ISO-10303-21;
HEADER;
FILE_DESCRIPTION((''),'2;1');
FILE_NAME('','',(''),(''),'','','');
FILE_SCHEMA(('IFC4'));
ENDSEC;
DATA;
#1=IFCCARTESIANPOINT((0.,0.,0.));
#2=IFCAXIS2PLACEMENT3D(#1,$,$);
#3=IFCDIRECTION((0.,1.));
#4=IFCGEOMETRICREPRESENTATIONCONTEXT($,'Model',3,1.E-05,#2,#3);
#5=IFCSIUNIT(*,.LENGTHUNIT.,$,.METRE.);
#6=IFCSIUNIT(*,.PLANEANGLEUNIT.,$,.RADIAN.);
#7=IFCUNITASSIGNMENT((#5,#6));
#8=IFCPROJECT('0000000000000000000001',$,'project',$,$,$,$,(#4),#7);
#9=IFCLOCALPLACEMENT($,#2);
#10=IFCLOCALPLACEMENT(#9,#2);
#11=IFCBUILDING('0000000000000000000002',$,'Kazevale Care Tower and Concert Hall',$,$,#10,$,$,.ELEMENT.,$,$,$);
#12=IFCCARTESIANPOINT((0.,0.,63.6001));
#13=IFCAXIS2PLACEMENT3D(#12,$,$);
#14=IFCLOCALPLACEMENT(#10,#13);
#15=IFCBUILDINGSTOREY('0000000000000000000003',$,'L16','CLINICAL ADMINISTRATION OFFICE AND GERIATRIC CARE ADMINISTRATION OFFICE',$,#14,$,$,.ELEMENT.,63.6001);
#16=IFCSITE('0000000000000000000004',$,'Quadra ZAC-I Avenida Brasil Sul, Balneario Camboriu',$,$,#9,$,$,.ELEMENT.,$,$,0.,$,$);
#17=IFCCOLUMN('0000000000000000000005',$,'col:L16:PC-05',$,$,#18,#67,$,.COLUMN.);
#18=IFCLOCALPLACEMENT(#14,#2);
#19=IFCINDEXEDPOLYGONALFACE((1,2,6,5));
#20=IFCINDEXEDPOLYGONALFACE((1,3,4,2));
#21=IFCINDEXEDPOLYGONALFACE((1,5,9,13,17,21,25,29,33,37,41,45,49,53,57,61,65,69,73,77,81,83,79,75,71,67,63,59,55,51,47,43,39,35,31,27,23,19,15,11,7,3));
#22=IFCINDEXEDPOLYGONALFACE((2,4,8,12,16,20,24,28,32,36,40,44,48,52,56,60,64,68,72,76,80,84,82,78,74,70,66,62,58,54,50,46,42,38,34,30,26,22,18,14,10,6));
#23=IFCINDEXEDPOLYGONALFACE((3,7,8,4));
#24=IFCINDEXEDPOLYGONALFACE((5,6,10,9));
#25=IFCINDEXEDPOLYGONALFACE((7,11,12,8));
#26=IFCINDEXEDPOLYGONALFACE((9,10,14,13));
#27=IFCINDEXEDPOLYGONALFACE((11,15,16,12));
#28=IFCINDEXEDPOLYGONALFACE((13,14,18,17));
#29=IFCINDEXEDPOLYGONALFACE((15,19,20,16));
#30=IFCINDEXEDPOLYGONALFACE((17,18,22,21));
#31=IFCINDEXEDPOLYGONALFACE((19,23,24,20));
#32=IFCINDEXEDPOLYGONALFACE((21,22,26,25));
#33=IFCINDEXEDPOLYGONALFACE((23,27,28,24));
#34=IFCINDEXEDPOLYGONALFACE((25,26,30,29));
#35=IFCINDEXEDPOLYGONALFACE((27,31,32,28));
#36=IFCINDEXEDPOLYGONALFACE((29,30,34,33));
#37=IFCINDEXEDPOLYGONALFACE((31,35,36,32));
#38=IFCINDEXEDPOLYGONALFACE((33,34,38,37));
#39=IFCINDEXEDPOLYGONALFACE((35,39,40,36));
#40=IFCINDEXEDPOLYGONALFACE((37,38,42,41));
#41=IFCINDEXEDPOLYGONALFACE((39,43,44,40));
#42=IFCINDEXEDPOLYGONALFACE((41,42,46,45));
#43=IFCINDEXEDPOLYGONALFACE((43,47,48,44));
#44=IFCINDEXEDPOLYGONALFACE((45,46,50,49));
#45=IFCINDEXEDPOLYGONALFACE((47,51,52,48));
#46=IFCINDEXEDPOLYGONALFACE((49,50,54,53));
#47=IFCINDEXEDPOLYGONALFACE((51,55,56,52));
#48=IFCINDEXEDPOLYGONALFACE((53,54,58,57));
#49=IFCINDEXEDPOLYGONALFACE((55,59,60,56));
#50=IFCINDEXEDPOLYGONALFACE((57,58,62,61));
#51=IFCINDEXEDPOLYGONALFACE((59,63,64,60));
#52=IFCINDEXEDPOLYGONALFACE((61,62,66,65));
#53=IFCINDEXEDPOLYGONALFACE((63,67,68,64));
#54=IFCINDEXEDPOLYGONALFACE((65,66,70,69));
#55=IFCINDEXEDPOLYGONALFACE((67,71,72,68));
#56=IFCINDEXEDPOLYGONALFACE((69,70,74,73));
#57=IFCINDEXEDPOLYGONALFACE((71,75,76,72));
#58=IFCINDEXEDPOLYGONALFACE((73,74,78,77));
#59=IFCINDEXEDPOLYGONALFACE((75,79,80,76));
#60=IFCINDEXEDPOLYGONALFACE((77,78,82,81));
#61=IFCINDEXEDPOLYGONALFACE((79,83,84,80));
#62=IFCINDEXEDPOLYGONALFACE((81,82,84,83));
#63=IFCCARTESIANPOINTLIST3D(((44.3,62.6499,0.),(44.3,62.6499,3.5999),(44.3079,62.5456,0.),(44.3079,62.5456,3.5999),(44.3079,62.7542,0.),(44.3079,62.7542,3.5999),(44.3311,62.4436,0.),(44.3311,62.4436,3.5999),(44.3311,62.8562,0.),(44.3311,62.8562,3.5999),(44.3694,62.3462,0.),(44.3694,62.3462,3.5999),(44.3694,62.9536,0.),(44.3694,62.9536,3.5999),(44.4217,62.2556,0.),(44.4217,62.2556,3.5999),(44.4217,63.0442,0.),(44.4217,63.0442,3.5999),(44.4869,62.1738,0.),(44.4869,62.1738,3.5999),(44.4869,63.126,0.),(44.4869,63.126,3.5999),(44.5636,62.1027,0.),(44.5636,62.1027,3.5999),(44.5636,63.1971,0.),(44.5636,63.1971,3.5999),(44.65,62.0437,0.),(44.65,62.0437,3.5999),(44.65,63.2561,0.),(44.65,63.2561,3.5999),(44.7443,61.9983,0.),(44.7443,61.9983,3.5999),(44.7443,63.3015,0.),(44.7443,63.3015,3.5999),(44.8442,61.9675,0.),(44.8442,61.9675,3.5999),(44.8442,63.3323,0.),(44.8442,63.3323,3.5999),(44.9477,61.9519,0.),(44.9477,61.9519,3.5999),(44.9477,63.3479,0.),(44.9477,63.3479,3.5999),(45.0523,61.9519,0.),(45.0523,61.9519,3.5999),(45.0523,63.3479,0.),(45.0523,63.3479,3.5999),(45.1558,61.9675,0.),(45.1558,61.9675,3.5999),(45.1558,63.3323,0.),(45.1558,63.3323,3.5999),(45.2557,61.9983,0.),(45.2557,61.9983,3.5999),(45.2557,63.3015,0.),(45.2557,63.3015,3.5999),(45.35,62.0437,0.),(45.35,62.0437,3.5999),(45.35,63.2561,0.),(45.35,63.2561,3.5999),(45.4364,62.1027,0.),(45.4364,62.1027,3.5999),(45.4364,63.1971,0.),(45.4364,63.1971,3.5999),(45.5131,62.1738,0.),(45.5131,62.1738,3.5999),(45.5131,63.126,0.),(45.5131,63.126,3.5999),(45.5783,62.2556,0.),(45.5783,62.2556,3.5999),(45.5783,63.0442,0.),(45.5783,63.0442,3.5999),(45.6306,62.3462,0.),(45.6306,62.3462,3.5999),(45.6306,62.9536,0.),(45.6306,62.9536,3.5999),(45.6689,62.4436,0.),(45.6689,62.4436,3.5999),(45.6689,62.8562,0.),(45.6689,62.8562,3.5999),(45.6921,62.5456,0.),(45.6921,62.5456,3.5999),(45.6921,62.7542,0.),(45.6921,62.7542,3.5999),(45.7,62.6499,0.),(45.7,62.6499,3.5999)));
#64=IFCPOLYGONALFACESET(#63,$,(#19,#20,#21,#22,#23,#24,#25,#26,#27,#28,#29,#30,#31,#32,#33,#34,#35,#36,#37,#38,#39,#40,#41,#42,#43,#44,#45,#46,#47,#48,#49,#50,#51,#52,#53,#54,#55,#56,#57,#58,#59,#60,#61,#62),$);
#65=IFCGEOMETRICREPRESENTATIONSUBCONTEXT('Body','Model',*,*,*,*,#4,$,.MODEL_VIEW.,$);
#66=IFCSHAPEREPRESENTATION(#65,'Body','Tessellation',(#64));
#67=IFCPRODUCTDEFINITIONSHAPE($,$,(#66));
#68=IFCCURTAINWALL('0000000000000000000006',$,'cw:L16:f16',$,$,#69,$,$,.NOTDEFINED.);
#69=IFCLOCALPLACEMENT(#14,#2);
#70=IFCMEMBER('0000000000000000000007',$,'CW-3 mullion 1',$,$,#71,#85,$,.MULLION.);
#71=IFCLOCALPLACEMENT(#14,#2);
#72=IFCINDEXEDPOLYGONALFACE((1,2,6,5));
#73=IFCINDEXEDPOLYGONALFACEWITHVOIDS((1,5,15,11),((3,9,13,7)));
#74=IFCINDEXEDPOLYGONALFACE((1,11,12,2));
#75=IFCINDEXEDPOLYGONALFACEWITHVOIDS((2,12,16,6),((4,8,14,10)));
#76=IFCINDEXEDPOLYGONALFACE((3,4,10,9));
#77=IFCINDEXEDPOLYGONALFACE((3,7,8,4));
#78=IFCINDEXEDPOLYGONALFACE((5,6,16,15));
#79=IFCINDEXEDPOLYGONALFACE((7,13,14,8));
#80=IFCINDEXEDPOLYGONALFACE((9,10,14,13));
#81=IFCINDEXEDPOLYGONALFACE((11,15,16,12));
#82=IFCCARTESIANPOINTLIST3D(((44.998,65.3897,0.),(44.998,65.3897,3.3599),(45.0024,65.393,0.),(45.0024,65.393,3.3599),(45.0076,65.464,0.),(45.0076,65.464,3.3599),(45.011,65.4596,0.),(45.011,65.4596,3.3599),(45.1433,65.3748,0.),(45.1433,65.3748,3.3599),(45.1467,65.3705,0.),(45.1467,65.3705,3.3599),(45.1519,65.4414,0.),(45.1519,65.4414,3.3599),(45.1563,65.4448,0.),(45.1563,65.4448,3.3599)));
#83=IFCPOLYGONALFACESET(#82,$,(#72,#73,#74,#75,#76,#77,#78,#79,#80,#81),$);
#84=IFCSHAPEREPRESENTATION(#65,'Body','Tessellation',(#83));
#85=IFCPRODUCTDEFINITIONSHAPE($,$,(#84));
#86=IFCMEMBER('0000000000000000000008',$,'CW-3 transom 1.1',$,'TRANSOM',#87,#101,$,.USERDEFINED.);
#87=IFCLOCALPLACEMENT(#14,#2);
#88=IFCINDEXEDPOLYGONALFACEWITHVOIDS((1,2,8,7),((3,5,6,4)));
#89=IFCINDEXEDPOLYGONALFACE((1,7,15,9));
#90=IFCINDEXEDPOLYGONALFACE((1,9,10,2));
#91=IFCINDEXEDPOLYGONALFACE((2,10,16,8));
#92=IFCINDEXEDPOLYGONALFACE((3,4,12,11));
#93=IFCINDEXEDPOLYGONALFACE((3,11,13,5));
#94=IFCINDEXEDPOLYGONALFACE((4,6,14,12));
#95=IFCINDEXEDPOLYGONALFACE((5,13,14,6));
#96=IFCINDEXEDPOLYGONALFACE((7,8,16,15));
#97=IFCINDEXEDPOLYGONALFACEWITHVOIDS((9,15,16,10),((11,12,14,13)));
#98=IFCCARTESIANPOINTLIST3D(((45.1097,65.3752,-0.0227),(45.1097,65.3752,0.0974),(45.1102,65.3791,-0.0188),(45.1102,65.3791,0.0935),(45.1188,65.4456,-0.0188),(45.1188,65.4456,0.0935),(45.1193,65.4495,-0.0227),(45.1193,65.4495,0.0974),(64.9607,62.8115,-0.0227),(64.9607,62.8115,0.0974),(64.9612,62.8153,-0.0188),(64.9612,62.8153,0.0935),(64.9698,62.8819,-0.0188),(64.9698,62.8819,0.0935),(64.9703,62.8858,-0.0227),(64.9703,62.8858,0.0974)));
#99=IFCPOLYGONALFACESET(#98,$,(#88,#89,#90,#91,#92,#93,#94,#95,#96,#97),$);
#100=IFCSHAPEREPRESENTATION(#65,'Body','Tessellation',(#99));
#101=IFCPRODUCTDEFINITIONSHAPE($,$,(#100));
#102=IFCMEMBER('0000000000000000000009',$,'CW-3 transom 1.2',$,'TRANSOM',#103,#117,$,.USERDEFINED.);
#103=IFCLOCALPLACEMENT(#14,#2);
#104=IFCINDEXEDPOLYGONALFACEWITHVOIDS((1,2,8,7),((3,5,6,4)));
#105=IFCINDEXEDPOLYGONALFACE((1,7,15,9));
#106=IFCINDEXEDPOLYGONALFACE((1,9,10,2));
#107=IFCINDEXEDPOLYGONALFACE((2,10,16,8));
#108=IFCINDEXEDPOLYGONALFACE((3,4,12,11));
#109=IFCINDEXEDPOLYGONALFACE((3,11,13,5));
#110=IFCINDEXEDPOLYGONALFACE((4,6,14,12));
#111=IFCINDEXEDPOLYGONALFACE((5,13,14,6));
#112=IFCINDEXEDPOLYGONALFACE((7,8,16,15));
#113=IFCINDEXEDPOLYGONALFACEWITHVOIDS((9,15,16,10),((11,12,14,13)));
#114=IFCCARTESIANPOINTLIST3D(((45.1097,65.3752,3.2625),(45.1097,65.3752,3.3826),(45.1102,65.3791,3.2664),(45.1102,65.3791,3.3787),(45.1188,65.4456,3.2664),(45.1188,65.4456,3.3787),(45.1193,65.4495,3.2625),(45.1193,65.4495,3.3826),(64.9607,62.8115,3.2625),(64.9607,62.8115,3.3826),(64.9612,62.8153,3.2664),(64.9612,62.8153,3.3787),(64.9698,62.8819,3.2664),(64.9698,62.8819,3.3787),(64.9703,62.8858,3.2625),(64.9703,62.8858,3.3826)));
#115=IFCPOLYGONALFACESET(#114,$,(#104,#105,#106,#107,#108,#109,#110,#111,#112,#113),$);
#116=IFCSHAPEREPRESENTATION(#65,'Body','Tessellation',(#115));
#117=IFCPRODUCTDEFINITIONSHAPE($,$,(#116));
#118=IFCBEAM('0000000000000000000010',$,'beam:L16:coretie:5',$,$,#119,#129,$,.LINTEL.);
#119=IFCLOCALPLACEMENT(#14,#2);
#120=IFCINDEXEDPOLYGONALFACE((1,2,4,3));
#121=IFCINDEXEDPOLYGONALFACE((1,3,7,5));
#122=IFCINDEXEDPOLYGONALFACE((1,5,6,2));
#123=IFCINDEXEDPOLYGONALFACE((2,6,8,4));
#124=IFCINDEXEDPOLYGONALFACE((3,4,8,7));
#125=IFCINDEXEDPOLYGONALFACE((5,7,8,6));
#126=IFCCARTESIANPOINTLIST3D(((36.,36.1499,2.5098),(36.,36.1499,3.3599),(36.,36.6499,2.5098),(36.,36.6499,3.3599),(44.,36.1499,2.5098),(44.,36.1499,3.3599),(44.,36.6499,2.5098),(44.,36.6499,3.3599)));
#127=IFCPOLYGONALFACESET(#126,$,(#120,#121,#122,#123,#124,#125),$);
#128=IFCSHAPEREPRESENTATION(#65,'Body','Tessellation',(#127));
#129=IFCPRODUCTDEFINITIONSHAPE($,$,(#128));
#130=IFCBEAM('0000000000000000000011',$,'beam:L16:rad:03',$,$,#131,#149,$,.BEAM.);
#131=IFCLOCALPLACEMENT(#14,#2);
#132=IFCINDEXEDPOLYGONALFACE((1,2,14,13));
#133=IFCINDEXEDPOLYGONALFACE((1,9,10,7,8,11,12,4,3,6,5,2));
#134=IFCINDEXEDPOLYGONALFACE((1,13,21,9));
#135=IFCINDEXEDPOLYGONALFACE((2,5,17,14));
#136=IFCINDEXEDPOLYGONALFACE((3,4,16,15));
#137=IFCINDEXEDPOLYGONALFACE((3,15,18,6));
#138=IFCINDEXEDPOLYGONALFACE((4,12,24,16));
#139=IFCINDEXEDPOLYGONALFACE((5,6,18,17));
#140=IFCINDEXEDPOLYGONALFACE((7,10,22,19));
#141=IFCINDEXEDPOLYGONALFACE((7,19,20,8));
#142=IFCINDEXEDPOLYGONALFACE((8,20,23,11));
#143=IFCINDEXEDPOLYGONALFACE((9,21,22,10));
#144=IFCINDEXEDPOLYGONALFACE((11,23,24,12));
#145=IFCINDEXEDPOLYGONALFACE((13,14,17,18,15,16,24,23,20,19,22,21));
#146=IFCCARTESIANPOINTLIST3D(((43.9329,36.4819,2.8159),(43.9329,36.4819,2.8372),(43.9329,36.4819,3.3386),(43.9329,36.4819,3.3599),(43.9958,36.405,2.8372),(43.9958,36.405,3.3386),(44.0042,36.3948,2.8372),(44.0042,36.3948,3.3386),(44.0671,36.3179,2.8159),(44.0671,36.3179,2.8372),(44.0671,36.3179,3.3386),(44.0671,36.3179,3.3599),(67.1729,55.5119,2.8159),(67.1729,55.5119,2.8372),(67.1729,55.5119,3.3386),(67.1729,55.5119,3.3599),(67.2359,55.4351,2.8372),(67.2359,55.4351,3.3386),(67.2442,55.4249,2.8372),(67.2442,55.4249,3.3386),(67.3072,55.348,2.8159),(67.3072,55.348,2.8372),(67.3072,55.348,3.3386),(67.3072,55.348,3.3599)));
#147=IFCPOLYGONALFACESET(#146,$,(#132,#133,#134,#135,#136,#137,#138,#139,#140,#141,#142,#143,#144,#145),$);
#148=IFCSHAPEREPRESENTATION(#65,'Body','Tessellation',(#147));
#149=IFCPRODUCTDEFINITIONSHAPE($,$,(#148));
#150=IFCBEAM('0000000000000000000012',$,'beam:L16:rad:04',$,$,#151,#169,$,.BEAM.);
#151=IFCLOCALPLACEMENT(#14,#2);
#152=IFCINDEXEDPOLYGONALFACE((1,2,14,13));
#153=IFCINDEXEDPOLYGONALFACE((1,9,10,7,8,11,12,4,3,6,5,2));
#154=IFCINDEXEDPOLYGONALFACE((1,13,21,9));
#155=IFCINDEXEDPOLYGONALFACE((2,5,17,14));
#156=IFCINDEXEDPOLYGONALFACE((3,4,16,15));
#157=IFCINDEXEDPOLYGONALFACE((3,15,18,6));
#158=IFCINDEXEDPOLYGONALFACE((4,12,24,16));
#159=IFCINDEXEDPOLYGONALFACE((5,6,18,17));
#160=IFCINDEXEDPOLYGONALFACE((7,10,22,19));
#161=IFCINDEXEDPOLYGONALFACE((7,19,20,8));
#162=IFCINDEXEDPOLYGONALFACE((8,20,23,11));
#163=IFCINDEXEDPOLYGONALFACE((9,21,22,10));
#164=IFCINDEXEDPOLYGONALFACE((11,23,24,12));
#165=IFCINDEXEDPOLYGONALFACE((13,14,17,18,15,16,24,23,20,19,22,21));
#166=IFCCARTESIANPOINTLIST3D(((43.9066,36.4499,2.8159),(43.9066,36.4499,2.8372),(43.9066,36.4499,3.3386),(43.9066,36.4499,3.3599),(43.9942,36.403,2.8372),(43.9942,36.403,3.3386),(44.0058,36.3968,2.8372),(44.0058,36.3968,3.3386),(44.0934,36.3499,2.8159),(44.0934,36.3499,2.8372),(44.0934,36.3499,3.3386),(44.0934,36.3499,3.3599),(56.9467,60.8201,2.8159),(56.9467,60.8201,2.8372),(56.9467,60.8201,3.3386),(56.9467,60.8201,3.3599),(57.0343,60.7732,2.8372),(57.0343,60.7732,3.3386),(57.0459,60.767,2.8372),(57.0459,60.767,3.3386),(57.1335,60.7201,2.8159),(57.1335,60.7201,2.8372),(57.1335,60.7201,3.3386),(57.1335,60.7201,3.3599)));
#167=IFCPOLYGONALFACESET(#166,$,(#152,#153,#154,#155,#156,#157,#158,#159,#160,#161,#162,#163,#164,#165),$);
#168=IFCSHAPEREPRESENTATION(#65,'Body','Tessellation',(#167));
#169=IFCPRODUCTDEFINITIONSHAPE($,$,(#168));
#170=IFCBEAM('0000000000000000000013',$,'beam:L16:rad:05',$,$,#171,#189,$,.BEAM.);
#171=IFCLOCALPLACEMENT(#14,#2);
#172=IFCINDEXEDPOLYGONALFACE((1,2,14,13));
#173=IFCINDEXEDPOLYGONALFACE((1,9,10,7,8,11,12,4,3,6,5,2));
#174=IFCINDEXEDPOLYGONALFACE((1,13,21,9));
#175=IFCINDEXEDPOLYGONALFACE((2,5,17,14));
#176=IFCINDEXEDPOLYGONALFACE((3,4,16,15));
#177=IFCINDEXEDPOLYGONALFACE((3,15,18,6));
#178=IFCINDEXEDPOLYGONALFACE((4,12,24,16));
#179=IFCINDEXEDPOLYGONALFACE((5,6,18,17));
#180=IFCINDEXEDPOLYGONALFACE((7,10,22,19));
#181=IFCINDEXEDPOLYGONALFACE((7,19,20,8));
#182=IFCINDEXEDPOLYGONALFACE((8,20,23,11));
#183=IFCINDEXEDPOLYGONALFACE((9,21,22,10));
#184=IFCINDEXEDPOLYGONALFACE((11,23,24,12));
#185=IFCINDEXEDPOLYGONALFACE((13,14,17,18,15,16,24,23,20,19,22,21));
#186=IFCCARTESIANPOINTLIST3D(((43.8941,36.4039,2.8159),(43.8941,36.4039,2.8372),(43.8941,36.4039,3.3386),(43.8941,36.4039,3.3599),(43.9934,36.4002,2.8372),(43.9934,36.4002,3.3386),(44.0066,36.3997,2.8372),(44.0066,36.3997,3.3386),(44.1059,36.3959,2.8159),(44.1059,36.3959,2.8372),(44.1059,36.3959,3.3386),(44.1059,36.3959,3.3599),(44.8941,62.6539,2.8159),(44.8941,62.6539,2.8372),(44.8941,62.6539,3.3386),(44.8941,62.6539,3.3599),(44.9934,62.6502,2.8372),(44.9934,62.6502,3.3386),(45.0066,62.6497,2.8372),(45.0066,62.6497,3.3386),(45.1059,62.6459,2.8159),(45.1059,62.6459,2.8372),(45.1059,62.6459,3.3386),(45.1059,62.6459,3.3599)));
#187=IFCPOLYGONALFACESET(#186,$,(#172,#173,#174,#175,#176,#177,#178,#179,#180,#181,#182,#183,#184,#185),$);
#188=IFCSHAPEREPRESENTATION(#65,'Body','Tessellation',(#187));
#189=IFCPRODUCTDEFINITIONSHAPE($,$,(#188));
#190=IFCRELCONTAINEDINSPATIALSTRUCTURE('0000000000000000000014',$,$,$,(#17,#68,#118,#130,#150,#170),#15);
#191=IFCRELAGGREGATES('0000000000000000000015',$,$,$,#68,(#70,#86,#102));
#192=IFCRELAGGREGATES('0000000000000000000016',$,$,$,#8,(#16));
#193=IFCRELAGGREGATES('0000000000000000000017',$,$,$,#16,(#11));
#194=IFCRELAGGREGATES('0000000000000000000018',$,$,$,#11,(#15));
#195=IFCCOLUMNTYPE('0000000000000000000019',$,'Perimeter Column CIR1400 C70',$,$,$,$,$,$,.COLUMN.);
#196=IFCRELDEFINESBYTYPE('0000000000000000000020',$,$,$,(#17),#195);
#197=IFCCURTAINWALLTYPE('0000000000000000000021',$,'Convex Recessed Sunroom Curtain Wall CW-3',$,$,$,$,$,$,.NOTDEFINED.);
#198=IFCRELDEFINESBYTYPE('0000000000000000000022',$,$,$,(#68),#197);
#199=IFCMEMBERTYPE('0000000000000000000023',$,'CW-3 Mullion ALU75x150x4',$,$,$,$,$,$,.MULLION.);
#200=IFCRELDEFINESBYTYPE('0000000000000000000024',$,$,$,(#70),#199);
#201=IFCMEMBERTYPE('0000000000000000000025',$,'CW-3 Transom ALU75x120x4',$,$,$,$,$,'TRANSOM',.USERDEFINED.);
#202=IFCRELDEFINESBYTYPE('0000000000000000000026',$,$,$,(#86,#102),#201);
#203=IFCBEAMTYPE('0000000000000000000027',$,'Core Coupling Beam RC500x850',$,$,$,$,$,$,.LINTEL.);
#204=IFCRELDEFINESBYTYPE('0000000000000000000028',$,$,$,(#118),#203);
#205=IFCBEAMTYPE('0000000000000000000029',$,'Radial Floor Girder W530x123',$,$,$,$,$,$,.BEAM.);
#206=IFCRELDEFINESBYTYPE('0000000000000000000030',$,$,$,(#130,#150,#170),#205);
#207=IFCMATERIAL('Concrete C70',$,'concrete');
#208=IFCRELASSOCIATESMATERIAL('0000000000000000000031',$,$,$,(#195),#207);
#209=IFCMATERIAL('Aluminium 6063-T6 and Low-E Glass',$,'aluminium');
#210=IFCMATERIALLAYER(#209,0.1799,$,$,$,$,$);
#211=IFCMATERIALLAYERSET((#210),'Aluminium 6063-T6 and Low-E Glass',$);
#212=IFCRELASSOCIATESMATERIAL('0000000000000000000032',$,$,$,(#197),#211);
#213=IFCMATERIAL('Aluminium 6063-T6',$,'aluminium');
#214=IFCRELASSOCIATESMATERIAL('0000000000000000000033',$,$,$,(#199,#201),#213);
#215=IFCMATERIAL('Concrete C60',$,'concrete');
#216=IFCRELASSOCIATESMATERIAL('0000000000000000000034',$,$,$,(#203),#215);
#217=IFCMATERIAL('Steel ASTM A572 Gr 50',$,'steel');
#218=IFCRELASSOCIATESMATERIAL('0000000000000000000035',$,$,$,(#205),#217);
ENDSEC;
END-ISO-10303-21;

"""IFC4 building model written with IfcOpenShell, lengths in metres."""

from ifc_helpers import new_model, si_unit, direction, frame, origin, origin_2d, place, context, subcontext, project, spatial, rectangle, hollow_rectangle, circle, i_section, extrude, material, layer, layer_set, material_profile, profile_set, type_object, element, aggregate, save


model = new_model("IFC4")

# Units and contexts
model_context = context("Model", 3, precision=1e-05, world=origin(), true_north=direction((0.0, 1.0)))
body_context = subcontext(model_context, "Body", "Model", "MODEL_VIEW")
ifc_project = project(units=[si_unit("LENGTHUNIT", "METRE"), si_unit("PLANEANGLEUNIT", "RADIAN")], contexts=[model_context])

# Site, building, storey
site_placement = place(None, origin())
site = spatial("IfcSite", under=ifc_project, at=site_placement, Name="Quadra ZAC-I Avenida Brasil Sul, Balneario Camboriu", CompositionType="ELEMENT", RefElevation=0.0)
building_placement = place(site_placement, origin())
building = spatial("IfcBuilding", under=site, at=building_placement, Name="Kazevale Care Tower and Concert Hall", CompositionType="ELEMENT")
storey_placement = place(building_placement, frame((0.0, 0.0, 63.6001)))
storey = spatial("IfcBuildingStorey", under=building, at=storey_placement, Name="L16", Description="CLINICAL ADMINISTRATION OFFICE AND GERIATRIC CARE ADMINISTRATION OFFICE", CompositionType="ELEMENT", Elevation=63.6001)

# Column
ifc_material_1 = material(Name="Concrete C70", Category="concrete")
ifc_material_profile_1 = material_profile(ifc_material_1, circle(Radius=0.7, at=origin_2d()), Name="RC-CIR1400")
ifc_profile_set_1 = profile_set([ifc_material_profile_1], Name="Concrete C70")
column_type = type_object("IfcColumnType", Name="Perimeter Column CIR1400 C70", PredefinedType="COLUMN", material=ifc_profile_set_1)
column_placement = place(storey_placement, frame((45.0, 62.6499, 0.0), z_axis=(0.0, 0.0, 1.0), x_axis=(1.0, 0.0, 0.0)))
element("IfcColumn", 1, at=column_placement, inside=storey, type_object=column_type, Name="col:L16:PC-05", PredefinedType="COLUMN", context=body_context, shape_type="SweptSolid", body=[
    extrude(circle(Radius=0.7, at=origin_2d()), origin(), (0.0, 0.0, 1.0), 3.5999),
])

# Curtain wall, members
ifc_material_2 = material(Name="Aluminium 6063-T6 and Low-E Glass", Category="aluminium")
ifc_layer_1 = layer(ifc_material_2, 0.1799)
ifc_layer_set_1 = layer_set([ifc_layer_1], Name="Aluminium 6063-T6 and Low-E Glass")
curtain_wall_type = type_object("IfcCurtainWallType", Name="Convex Recessed Sunroom Curtain Wall CW-3", PredefinedType="NOTDEFINED", material=ifc_layer_set_1)
curtain_wall_placement = place(storey_placement, origin())
curtain_wall = element("IfcCurtainWall", 2, at=curtain_wall_placement, inside=storey, type_object=curtain_wall_type, Name="cw:L16:f16", PredefinedType="NOTDEFINED")
ifc_material_3 = material(Name="Aluminium 6063-T6", Category="aluminium")
ifc_material_profile_2 = material_profile(ifc_material_3, hollow_rectangle(XDim=0.075, YDim=0.1499, WallThickness=0.0039, at=origin_2d()), Name="ALU75x150x4")
ifc_profile_set_2 = profile_set([ifc_material_profile_2], Name="Aluminium 6063-T6")
member_type_1 = type_object("IfcMemberType", Name="CW-3 Mullion ALU75x150x4", PredefinedType="MULLION", material=ifc_profile_set_2)
member_1_placement = place(storey_placement, frame((45.0771, 65.4172, 0.0), z_axis=(0.0, 0.0, 1.0), x_axis=(0.128086, 0.991763, 0.0)))
member_1 = element("IfcMember", 3, at=member_1_placement, type_object=member_type_1, Name="CW-3 mullion 1", PredefinedType="MULLION", context=body_context, shape_type="SweptSolid", body=[
    extrude(hollow_rectangle(XDim=0.075, YDim=0.1499, WallThickness=0.0039, at=origin_2d()), origin(), (0.0, 0.0, 1.0), 3.3599),
])
ifc_material_profile_3 = material_profile(ifc_material_3, hollow_rectangle(XDim=0.075, YDim=0.1201, WallThickness=0.0039, at=origin_2d()), Name="ALU75x120x4")
ifc_profile_set_3 = profile_set([ifc_material_profile_3], Name="Aluminium 6063-T6")
member_type_2 = type_object("IfcMemberType", Name="CW-3 Transom ALU75x120x4", ElementType="TRANSOM", PredefinedType="USERDEFINED", material=ifc_profile_set_3)
member_2_placement = place(storey_placement, frame((45.1145, 65.4124, 0.0374), z_axis=(0.991763, -0.128084, 0.0), x_axis=(0.128084, 0.991763, 0.0)))
member_2 = element("IfcMember", 4, at=member_2_placement, type_object=member_type_2, Name="CW-3 transom 1.1", ObjectType="TRANSOM", PredefinedType="USERDEFINED", context=body_context, shape_type="SweptSolid", body=[
    extrude(hollow_rectangle(XDim=0.075, YDim=0.1201, WallThickness=0.0039, at=origin_2d()), origin(), (0.0, 0.0, 1.0), 20.0159),
])
member_3_placement = place(storey_placement, frame((45.1145, 65.4124, 3.3225), z_axis=(0.991763, -0.128084, 0.0), x_axis=(0.128084, 0.991763, 0.0)))
member_3 = element("IfcMember", 5, at=member_3_placement, type_object=member_type_2, Name="CW-3 transom 1.2", ObjectType="TRANSOM", PredefinedType="USERDEFINED", context=body_context, shape_type="SweptSolid", body=[
    extrude(hollow_rectangle(XDim=0.075, YDim=0.1201, WallThickness=0.0039, at=origin_2d()), origin(), (0.0, 0.0, 1.0), 20.0159),
])
aggregate(curtain_wall, [member_1, member_2, member_3])

# Beams
ifc_material_4 = material(Name="Concrete C60", Category="concrete")
ifc_material_profile_4 = material_profile(ifc_material_4, rectangle(XDim=0.5, YDim=0.8501, at=origin_2d()), Name="RC-B500x850")
ifc_profile_set_4 = profile_set([ifc_material_profile_4], Name="Concrete C60")
beam_type_1 = type_object("IfcBeamType", Name="Core Coupling Beam RC500x850", PredefinedType="LINTEL", material=ifc_profile_set_4)
beam_1_placement = place(storey_placement, frame((44.0, 36.3999, 2.9348), z_axis=(-1.0, 0.0, 0.0), x_axis=(0.0, -1.0, 0.0)))
element("IfcBeam", 6, at=beam_1_placement, inside=storey, type_object=beam_type_1, Name="beam:L16:coretie:5", PredefinedType="LINTEL", context=body_context, shape_type="SweptSolid", body=[
    extrude(rectangle(XDim=0.5, YDim=0.8501, at=origin_2d()), origin(), (0.0, 0.0, 1.0), 8.0),
])
ifc_material_5 = material(Name="Steel ASTM A572 Gr 50", Category="steel")
ifc_material_profile_5 = material_profile(ifc_material_5, i_section(OverallWidth=0.2119, OverallDepth=0.5439, WebThickness=0.0132, FlangeThickness=0.0212, at=origin_2d()), Name="W530x123")
ifc_profile_set_5 = profile_set([ifc_material_profile_5], Name="Steel ASTM A572 Gr 50")
beam_type_2 = type_object("IfcBeamType", Name="Radial Floor Girder W530x123", PredefinedType="BEAM", material=ifc_profile_set_5)
beam_2_placement = place(storey_placement, frame((44.0, 36.3999, 3.0879), z_axis=(0.773704, 0.633547, 0.0), x_axis=(-0.633547, 0.773704, 0.0)))
element("IfcBeam", 7, at=beam_2_placement, inside=storey, type_object=beam_type_2, Name="beam:L16:rad:03", PredefinedType="BEAM", context=body_context, shape_type="SweptSolid", body=[
    extrude(i_section(OverallWidth=0.2119, OverallDepth=0.5439, WebThickness=0.0132, FlangeThickness=0.0212, at=origin_2d()), origin(), (0.0, 0.0, 1.0), 30.0374),
])
beam_3_placement = place(storey_placement, frame((44.0, 36.3999, 3.0879), z_axis=(0.471789, 0.881712, 0.0), x_axis=(-0.881712, 0.471789, 0.0)))
element("IfcBeam", 8, at=beam_3_placement, inside=storey, type_object=beam_type_2, Name="beam:L16:rad:04", PredefinedType="BEAM", context=body_context, shape_type="SweptSolid", body=[
    extrude(i_section(OverallWidth=0.2119, OverallDepth=0.5439, WebThickness=0.0132, FlangeThickness=0.0212, at=origin_2d()), origin(), (0.0, 0.0, 1.0), 27.6396),
])
beam_4_placement = place(storey_placement, frame((44.0, 36.3999, 3.0879), z_axis=(0.038068, 0.999275, 0.0), x_axis=(-0.999275, 0.038068, 0.0)))
element("IfcBeam", 9, at=beam_4_placement, inside=storey, type_object=beam_type_2, Name="beam:L16:rad:05", PredefinedType="BEAM", context=body_context, shape_type="SweptSolid", body=[
    extrude(i_section(OverallWidth=0.2119, OverallDepth=0.5439, WebThickness=0.0132, FlangeThickness=0.0212, at=origin_2d()), origin(), (0.0, 0.0, 1.0), 26.269),
])

save(model, "model.ifc")
